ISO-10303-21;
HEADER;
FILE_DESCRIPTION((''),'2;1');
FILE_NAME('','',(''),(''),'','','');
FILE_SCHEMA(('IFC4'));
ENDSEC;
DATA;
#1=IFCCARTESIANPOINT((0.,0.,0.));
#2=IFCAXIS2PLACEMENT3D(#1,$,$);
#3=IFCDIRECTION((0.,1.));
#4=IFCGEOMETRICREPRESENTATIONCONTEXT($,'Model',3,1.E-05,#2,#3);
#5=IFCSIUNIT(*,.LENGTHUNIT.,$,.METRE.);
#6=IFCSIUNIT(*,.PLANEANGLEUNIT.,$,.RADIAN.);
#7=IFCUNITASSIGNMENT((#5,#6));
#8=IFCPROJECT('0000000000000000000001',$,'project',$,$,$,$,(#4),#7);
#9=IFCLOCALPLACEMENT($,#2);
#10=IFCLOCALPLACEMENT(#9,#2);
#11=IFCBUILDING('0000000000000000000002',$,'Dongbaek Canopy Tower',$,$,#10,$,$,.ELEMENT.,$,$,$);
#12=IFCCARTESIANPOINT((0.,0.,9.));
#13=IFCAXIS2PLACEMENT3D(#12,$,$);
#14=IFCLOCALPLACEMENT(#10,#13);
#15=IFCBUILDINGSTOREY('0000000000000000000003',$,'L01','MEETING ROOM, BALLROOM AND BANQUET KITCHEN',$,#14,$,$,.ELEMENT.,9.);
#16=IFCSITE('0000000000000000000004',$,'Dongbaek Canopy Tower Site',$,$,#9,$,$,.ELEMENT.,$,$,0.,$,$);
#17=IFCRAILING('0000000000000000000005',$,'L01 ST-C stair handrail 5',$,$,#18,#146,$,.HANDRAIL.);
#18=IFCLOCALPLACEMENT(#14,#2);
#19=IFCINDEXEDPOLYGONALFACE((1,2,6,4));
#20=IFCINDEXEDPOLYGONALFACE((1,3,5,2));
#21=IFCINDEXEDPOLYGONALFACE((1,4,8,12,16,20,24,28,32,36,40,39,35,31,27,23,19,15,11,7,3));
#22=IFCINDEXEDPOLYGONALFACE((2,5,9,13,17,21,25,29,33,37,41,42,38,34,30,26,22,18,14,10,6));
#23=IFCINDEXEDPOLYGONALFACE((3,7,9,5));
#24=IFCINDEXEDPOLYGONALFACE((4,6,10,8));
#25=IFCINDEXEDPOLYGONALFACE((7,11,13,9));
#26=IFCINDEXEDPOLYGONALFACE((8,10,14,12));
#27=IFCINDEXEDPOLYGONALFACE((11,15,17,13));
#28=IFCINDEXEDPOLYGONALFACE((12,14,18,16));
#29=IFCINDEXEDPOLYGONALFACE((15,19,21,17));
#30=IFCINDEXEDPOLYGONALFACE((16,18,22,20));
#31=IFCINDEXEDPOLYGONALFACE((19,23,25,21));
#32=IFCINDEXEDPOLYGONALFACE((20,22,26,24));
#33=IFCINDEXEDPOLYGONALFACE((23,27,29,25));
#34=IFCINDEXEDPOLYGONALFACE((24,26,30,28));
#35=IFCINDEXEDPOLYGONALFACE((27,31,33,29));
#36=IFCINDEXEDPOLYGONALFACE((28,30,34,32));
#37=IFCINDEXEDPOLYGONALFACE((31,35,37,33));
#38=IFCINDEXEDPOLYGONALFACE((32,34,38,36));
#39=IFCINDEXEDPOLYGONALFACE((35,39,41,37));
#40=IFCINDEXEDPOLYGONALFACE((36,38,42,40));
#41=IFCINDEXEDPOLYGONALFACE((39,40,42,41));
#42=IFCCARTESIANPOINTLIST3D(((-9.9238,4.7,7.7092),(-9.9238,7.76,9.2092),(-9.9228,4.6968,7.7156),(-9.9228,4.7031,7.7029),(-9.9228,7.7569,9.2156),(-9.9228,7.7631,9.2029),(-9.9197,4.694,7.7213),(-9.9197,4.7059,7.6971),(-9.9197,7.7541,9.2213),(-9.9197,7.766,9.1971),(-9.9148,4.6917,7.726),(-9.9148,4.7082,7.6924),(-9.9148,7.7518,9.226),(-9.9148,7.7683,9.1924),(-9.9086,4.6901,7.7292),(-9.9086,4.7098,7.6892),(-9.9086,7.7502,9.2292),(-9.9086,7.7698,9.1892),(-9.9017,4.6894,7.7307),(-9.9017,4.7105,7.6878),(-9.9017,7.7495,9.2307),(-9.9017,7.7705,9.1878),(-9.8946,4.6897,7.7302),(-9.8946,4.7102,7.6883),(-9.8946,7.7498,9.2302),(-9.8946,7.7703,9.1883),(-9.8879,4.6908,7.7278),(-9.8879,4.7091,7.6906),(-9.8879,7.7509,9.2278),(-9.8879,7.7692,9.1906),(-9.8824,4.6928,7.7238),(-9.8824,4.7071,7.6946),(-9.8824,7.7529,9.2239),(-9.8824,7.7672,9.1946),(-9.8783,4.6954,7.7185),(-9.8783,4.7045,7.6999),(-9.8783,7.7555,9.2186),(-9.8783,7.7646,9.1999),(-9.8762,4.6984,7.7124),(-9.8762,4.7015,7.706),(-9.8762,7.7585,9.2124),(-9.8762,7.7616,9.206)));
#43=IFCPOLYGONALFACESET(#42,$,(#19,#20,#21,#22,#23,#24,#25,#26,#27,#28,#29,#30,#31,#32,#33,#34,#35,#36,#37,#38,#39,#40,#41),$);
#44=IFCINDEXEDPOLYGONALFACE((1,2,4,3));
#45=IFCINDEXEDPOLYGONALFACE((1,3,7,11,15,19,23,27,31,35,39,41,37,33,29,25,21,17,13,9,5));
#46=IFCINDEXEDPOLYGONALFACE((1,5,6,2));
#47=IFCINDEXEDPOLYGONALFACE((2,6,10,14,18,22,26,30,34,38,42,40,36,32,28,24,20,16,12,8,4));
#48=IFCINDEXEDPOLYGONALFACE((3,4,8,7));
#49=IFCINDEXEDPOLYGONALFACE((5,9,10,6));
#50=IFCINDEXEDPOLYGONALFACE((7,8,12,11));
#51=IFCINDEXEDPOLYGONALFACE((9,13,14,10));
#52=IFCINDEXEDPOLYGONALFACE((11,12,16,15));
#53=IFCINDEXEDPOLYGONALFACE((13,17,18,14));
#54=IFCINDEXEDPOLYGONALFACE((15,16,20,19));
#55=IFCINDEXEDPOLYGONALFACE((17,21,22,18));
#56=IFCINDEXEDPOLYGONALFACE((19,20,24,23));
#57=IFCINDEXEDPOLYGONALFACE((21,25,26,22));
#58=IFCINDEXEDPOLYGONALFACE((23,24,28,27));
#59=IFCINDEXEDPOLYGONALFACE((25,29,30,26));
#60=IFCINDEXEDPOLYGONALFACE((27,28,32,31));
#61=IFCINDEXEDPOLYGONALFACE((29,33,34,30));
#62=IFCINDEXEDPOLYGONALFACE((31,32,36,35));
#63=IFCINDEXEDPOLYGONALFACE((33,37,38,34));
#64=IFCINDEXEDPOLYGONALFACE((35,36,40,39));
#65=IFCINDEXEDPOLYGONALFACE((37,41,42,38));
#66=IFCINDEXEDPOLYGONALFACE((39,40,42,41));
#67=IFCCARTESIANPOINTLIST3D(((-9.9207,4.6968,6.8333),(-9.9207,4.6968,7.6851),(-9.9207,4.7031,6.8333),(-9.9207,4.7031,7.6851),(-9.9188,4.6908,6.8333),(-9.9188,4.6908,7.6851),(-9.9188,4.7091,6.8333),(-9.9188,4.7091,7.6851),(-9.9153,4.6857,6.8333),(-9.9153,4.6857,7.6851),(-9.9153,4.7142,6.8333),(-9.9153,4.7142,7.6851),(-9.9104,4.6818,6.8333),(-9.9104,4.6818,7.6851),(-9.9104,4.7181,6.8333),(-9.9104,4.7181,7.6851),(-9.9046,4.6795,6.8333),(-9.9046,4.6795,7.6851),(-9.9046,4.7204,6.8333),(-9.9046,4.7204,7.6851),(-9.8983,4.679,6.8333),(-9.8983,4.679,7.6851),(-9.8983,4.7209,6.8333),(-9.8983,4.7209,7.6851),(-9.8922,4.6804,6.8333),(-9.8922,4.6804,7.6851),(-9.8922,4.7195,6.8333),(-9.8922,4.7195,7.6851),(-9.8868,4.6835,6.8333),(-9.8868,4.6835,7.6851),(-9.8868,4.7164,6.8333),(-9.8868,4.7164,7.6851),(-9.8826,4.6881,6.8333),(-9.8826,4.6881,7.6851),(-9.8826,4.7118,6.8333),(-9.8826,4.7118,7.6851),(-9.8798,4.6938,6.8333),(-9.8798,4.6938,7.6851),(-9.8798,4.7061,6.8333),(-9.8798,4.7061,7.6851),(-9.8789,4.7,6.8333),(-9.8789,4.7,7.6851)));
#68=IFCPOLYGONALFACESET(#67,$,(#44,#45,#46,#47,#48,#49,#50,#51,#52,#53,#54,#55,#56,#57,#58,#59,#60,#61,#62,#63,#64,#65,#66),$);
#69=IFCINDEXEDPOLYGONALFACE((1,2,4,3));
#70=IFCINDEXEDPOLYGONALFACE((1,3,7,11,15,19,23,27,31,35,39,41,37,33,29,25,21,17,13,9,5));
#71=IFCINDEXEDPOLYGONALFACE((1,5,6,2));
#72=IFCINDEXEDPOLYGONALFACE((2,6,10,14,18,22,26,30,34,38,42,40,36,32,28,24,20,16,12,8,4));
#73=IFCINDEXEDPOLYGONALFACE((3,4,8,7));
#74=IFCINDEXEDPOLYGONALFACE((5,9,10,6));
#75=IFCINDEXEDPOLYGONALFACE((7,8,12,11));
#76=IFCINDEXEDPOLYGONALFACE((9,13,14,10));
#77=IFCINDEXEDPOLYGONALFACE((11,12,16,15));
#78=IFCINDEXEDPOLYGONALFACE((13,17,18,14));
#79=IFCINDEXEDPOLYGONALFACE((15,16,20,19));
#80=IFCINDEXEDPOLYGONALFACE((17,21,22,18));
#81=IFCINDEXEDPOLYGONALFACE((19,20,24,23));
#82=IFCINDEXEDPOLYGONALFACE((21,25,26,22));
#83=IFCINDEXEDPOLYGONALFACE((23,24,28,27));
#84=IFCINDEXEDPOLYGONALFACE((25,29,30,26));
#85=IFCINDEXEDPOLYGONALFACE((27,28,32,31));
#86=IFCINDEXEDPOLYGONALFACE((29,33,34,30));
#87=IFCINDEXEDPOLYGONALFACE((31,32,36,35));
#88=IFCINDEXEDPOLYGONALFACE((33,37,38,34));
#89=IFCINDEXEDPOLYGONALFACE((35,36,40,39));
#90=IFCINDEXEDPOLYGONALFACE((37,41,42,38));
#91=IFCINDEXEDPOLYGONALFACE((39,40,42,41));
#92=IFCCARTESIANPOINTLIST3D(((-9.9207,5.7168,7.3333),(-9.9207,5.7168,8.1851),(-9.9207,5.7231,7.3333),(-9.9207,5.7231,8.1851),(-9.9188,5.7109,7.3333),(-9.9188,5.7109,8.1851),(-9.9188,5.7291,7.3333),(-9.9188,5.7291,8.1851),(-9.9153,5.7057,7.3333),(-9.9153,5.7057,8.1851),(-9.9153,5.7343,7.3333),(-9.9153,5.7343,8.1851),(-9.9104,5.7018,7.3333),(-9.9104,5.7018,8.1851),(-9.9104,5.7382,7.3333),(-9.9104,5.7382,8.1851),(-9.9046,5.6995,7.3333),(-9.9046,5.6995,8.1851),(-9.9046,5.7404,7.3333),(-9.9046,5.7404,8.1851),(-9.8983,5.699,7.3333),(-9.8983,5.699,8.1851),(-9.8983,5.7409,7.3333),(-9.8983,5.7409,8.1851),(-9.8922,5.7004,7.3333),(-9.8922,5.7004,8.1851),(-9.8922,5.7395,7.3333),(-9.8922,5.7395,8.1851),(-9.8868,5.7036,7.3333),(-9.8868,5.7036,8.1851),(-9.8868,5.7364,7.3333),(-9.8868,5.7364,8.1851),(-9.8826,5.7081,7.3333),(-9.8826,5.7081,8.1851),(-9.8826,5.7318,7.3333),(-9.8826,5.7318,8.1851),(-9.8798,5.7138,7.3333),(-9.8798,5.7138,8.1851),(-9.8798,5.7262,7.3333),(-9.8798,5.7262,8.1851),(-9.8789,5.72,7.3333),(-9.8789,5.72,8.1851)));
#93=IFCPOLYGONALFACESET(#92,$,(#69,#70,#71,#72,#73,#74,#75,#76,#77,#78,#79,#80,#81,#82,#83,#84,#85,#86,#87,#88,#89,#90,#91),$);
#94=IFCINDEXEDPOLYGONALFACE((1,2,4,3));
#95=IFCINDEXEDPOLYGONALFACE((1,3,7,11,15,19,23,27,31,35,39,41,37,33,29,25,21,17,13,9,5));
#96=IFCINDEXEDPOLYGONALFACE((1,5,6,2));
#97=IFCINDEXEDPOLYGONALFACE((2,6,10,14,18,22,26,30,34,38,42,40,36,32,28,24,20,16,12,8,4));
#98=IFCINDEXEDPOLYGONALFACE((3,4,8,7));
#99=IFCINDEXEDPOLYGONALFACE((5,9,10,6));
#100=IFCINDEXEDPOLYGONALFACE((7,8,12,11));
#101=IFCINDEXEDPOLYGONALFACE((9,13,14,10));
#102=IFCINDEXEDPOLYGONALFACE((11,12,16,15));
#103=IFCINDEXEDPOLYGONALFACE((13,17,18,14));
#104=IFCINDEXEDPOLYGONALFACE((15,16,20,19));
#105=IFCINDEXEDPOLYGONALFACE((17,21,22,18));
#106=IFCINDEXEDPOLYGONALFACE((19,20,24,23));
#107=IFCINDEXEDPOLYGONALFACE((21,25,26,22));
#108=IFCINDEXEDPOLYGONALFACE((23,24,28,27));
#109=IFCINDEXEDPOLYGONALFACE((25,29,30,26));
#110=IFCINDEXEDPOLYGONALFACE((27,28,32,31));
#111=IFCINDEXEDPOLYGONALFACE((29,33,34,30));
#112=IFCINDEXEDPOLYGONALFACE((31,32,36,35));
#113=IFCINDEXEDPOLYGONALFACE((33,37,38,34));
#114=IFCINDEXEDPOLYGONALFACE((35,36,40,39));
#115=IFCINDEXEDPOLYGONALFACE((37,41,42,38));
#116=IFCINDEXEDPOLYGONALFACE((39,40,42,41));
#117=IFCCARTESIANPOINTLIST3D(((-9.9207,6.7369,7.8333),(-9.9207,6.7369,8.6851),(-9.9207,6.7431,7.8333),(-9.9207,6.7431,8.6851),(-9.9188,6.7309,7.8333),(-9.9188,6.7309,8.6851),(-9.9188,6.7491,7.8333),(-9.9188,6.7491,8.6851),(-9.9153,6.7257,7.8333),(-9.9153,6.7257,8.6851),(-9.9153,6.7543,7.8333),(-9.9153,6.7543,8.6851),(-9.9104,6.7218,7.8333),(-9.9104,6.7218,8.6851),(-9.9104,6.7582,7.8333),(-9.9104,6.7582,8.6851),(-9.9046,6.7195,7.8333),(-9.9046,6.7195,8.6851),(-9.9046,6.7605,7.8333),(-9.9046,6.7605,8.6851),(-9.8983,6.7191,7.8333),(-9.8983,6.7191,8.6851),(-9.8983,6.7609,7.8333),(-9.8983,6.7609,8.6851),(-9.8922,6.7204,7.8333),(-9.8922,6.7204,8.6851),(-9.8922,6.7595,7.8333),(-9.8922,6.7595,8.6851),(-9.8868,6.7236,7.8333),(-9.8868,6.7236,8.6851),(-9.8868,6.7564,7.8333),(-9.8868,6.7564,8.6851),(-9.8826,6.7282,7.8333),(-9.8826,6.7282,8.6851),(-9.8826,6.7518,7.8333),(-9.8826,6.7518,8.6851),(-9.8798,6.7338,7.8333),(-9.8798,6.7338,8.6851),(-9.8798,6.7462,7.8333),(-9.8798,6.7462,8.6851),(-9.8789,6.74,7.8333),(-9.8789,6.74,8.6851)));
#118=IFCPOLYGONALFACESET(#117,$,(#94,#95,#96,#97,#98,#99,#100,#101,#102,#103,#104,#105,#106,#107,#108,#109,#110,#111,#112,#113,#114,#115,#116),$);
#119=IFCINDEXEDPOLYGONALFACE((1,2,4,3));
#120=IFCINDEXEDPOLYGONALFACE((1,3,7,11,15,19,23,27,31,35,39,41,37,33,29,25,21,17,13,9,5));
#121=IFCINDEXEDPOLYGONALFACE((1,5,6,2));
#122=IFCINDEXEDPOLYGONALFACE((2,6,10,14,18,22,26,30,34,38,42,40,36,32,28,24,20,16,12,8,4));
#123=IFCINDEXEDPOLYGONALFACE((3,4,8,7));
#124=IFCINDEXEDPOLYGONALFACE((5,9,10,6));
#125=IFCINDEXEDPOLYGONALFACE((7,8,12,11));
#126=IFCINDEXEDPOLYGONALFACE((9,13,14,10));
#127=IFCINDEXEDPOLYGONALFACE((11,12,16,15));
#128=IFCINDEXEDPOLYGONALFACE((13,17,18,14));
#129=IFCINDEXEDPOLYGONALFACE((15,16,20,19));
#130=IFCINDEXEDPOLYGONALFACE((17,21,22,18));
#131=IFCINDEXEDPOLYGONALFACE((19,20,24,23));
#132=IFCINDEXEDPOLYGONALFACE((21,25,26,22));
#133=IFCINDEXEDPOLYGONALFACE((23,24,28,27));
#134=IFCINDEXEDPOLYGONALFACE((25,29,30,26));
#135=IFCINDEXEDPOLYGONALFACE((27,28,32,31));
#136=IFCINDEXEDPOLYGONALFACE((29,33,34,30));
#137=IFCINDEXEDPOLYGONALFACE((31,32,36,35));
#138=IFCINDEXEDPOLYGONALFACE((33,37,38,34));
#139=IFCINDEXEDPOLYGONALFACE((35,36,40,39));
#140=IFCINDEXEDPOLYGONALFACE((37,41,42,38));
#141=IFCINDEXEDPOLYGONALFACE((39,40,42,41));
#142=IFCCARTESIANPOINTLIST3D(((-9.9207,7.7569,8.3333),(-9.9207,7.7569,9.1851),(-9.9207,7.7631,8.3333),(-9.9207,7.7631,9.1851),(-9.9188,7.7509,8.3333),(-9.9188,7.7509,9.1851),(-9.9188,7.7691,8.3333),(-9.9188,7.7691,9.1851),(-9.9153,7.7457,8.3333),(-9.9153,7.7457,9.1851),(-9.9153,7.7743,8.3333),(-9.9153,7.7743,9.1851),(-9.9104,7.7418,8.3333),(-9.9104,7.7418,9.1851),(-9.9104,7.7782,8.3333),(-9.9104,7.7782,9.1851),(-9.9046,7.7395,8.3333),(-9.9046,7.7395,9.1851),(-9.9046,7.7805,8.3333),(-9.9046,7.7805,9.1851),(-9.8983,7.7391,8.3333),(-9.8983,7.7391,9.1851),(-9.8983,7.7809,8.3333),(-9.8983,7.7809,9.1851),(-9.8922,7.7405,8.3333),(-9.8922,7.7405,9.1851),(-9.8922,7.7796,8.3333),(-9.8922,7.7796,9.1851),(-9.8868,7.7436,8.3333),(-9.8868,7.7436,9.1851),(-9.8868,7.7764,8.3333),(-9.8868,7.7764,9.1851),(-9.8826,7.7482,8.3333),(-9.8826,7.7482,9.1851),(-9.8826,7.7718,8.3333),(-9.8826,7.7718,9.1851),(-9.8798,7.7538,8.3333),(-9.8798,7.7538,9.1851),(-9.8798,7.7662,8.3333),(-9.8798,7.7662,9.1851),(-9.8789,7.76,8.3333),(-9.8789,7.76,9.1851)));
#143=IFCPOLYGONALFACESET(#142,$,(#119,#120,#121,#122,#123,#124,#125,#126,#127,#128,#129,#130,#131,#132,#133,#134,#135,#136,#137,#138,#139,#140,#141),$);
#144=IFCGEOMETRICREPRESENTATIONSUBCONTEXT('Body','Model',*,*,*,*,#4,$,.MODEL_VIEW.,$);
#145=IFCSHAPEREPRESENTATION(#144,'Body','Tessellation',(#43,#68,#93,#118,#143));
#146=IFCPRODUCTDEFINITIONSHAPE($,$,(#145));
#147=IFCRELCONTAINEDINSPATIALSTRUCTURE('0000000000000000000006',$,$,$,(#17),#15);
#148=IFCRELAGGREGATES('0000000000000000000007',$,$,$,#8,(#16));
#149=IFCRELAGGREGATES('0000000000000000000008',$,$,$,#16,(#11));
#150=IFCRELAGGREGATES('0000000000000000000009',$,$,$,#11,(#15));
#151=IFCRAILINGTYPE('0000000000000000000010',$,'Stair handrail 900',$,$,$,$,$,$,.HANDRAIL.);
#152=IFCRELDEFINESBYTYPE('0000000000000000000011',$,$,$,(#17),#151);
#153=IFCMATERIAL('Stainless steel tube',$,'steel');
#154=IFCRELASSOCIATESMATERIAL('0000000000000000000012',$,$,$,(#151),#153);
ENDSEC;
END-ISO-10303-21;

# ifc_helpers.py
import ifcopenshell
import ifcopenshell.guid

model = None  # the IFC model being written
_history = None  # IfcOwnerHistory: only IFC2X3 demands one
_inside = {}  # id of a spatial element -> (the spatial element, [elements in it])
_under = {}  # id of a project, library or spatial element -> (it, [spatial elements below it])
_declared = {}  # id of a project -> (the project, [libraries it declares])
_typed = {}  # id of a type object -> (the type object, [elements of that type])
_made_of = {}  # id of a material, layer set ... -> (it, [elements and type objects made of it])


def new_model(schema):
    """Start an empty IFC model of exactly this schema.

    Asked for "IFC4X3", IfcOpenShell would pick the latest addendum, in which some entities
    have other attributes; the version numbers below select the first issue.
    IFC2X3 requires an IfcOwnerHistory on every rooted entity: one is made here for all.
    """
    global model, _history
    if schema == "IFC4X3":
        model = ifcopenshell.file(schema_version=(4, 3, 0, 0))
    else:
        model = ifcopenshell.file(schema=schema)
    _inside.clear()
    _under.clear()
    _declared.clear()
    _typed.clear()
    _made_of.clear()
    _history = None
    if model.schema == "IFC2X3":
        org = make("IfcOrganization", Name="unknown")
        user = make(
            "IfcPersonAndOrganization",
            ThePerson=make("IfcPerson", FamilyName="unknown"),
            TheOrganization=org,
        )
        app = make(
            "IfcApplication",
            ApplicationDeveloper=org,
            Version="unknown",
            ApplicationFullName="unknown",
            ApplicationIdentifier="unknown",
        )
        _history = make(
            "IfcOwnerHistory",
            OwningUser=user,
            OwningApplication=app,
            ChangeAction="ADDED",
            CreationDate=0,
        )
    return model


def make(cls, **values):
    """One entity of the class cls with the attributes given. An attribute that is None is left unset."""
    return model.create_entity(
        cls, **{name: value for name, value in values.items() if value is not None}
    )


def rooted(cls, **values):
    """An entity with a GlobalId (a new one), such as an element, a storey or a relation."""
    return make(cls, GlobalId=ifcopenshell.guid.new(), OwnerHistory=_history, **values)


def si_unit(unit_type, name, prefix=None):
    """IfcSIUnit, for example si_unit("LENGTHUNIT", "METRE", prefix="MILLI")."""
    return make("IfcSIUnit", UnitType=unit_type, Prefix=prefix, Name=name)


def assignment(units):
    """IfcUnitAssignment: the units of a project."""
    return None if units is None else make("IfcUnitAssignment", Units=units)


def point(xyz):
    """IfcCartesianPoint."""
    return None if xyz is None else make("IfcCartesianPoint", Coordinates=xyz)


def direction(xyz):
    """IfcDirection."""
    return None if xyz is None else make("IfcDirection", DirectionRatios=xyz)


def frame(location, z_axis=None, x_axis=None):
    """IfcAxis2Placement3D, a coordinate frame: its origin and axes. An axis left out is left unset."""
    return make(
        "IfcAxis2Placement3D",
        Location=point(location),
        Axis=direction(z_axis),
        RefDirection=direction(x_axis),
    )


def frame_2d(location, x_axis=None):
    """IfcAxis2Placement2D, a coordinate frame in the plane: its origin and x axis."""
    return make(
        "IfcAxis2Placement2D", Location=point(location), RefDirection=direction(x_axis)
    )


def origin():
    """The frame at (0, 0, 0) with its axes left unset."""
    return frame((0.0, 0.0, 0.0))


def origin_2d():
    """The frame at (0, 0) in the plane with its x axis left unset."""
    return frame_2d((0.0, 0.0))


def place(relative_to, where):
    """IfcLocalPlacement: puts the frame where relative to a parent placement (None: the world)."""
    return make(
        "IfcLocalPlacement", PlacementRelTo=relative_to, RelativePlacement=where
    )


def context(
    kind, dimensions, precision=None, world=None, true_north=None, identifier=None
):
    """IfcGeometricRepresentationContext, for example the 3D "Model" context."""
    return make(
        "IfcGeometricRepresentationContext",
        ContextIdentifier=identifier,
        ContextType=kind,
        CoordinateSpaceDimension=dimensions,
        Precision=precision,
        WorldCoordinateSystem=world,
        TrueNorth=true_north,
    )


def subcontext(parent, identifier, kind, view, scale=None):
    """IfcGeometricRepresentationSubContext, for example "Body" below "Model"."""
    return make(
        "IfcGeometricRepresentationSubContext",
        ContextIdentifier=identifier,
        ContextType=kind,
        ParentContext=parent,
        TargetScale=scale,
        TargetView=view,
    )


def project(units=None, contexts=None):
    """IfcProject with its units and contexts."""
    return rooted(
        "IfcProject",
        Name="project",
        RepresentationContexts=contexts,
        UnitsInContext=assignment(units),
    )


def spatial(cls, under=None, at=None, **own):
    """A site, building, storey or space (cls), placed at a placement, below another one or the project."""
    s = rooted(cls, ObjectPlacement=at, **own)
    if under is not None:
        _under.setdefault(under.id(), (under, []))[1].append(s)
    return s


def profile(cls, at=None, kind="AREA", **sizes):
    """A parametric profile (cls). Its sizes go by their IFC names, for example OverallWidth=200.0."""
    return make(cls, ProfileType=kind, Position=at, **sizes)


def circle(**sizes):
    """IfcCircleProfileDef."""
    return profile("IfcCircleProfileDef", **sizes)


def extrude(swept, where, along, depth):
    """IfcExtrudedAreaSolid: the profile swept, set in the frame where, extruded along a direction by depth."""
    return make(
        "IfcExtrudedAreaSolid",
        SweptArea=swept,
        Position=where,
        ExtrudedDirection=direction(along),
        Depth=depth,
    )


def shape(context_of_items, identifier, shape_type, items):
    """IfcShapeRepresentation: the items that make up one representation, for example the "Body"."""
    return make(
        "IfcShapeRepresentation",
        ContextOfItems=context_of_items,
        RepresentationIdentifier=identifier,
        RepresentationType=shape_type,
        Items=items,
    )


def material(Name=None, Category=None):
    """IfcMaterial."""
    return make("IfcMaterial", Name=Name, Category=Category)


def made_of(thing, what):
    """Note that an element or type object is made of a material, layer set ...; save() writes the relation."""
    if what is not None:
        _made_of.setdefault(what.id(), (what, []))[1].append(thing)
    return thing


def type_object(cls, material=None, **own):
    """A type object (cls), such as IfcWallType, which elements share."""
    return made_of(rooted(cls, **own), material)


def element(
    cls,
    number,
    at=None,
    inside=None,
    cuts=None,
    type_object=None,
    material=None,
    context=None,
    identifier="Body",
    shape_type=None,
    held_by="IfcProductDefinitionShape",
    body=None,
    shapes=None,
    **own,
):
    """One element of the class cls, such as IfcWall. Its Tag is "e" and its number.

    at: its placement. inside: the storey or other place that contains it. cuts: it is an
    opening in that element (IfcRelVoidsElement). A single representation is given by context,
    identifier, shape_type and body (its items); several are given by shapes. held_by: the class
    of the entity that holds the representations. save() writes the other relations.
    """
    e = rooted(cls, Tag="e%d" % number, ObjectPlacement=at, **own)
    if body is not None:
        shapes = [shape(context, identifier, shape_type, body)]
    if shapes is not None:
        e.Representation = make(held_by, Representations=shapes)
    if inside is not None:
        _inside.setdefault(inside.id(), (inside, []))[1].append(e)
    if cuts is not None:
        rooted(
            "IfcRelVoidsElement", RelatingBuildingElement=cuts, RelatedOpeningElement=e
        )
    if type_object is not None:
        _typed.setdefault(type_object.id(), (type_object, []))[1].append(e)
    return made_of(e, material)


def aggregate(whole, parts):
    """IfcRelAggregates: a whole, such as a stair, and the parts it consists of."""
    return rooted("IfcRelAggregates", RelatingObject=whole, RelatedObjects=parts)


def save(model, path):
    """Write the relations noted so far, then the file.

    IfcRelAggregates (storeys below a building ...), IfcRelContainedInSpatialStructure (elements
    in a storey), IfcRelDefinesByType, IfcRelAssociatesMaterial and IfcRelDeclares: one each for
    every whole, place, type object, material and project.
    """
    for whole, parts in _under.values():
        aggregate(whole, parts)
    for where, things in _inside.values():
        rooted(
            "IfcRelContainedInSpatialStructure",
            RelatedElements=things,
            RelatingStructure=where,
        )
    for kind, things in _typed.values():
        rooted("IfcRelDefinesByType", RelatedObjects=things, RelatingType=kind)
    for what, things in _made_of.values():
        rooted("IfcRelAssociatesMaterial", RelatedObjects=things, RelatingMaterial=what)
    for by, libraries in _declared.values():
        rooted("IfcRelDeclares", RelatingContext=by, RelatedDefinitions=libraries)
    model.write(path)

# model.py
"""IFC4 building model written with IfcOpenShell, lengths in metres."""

from ifc_helpers import new_model, si_unit, direction, frame, origin, origin_2d, place, context, subcontext, project, spatial, circle, extrude, material, type_object, element, save


model = new_model("IFC4")

# Units and contexts
model_context = context("Model", 3, precision=1e-05, world=origin(), true_north=direction((0.0, 1.0)))
body_context = subcontext(model_context, "Body", "Model", "MODEL_VIEW")
ifc_project = project(units=[si_unit("LENGTHUNIT", "METRE"), si_unit("PLANEANGLEUNIT", "RADIAN")], contexts=[model_context])

# Site, building, storey
site_placement = place(None, origin())
site = spatial("IfcSite", under=ifc_project, at=site_placement, Name="Dongbaek Canopy Tower Site", CompositionType="ELEMENT", RefElevation=0.0)
building_placement = place(site_placement, origin())
building = spatial("IfcBuilding", under=site, at=building_placement, Name="Dongbaek Canopy Tower", CompositionType="ELEMENT")
storey_placement = place(building_placement, frame((0.0, 0.0, 9.0)))
storey = spatial("IfcBuildingStorey", under=building, at=storey_placement, Name="L01", Description="MEETING ROOM, BALLROOM AND BANQUET KITCHEN", CompositionType="ELEMENT", Elevation=9.0)

# Railing
ifc_material_1 = material(Name="Stainless steel tube", Category="steel")
railing_type_1 = type_object("IfcRailingType", Name="Stair handrail 900", PredefinedType="HANDRAIL", material=ifc_material_1)
railing_1_placement = place(storey_placement, frame((-9.8999, 4.7, 6.8333)))
element("IfcRailing", 1, at=railing_1_placement, inside=storey, type_object=railing_type_1, Name="L01 ST-C stair handrail 5", PredefinedType="HANDRAIL", context=body_context, shape_type="SweptSolid", body=[
    extrude(circle(Radius=0.0239, at=origin_2d()), frame((0.0, 0.0, 0.876), z_axis=(0.0, 0.897924, 0.44015), x_axis=(-1.0, 0.0, 0.0)), (0.0, 0.0, 1.0), 3.408),
    extrude(circle(Radius=0.021, at=origin_2d()), origin(), (0.0, 0.0, 1.0), 0.8518),
    extrude(circle(Radius=0.021, at=origin_2d()), frame((0.0, 1.02, 0.5)), (0.0, 0.0, 1.0), 0.8518),
    extrude(circle(Radius=0.021, at=origin_2d()), frame((0.0, 2.04, 1.0)), (0.0, 0.0, 1.0), 0.8518),
    extrude(circle(Radius=0.021, at=origin_2d()), frame((0.0, 3.0601, 1.5)), (0.0, 0.0, 1.0), 0.8518),
])

save(model, "model.ifc")
